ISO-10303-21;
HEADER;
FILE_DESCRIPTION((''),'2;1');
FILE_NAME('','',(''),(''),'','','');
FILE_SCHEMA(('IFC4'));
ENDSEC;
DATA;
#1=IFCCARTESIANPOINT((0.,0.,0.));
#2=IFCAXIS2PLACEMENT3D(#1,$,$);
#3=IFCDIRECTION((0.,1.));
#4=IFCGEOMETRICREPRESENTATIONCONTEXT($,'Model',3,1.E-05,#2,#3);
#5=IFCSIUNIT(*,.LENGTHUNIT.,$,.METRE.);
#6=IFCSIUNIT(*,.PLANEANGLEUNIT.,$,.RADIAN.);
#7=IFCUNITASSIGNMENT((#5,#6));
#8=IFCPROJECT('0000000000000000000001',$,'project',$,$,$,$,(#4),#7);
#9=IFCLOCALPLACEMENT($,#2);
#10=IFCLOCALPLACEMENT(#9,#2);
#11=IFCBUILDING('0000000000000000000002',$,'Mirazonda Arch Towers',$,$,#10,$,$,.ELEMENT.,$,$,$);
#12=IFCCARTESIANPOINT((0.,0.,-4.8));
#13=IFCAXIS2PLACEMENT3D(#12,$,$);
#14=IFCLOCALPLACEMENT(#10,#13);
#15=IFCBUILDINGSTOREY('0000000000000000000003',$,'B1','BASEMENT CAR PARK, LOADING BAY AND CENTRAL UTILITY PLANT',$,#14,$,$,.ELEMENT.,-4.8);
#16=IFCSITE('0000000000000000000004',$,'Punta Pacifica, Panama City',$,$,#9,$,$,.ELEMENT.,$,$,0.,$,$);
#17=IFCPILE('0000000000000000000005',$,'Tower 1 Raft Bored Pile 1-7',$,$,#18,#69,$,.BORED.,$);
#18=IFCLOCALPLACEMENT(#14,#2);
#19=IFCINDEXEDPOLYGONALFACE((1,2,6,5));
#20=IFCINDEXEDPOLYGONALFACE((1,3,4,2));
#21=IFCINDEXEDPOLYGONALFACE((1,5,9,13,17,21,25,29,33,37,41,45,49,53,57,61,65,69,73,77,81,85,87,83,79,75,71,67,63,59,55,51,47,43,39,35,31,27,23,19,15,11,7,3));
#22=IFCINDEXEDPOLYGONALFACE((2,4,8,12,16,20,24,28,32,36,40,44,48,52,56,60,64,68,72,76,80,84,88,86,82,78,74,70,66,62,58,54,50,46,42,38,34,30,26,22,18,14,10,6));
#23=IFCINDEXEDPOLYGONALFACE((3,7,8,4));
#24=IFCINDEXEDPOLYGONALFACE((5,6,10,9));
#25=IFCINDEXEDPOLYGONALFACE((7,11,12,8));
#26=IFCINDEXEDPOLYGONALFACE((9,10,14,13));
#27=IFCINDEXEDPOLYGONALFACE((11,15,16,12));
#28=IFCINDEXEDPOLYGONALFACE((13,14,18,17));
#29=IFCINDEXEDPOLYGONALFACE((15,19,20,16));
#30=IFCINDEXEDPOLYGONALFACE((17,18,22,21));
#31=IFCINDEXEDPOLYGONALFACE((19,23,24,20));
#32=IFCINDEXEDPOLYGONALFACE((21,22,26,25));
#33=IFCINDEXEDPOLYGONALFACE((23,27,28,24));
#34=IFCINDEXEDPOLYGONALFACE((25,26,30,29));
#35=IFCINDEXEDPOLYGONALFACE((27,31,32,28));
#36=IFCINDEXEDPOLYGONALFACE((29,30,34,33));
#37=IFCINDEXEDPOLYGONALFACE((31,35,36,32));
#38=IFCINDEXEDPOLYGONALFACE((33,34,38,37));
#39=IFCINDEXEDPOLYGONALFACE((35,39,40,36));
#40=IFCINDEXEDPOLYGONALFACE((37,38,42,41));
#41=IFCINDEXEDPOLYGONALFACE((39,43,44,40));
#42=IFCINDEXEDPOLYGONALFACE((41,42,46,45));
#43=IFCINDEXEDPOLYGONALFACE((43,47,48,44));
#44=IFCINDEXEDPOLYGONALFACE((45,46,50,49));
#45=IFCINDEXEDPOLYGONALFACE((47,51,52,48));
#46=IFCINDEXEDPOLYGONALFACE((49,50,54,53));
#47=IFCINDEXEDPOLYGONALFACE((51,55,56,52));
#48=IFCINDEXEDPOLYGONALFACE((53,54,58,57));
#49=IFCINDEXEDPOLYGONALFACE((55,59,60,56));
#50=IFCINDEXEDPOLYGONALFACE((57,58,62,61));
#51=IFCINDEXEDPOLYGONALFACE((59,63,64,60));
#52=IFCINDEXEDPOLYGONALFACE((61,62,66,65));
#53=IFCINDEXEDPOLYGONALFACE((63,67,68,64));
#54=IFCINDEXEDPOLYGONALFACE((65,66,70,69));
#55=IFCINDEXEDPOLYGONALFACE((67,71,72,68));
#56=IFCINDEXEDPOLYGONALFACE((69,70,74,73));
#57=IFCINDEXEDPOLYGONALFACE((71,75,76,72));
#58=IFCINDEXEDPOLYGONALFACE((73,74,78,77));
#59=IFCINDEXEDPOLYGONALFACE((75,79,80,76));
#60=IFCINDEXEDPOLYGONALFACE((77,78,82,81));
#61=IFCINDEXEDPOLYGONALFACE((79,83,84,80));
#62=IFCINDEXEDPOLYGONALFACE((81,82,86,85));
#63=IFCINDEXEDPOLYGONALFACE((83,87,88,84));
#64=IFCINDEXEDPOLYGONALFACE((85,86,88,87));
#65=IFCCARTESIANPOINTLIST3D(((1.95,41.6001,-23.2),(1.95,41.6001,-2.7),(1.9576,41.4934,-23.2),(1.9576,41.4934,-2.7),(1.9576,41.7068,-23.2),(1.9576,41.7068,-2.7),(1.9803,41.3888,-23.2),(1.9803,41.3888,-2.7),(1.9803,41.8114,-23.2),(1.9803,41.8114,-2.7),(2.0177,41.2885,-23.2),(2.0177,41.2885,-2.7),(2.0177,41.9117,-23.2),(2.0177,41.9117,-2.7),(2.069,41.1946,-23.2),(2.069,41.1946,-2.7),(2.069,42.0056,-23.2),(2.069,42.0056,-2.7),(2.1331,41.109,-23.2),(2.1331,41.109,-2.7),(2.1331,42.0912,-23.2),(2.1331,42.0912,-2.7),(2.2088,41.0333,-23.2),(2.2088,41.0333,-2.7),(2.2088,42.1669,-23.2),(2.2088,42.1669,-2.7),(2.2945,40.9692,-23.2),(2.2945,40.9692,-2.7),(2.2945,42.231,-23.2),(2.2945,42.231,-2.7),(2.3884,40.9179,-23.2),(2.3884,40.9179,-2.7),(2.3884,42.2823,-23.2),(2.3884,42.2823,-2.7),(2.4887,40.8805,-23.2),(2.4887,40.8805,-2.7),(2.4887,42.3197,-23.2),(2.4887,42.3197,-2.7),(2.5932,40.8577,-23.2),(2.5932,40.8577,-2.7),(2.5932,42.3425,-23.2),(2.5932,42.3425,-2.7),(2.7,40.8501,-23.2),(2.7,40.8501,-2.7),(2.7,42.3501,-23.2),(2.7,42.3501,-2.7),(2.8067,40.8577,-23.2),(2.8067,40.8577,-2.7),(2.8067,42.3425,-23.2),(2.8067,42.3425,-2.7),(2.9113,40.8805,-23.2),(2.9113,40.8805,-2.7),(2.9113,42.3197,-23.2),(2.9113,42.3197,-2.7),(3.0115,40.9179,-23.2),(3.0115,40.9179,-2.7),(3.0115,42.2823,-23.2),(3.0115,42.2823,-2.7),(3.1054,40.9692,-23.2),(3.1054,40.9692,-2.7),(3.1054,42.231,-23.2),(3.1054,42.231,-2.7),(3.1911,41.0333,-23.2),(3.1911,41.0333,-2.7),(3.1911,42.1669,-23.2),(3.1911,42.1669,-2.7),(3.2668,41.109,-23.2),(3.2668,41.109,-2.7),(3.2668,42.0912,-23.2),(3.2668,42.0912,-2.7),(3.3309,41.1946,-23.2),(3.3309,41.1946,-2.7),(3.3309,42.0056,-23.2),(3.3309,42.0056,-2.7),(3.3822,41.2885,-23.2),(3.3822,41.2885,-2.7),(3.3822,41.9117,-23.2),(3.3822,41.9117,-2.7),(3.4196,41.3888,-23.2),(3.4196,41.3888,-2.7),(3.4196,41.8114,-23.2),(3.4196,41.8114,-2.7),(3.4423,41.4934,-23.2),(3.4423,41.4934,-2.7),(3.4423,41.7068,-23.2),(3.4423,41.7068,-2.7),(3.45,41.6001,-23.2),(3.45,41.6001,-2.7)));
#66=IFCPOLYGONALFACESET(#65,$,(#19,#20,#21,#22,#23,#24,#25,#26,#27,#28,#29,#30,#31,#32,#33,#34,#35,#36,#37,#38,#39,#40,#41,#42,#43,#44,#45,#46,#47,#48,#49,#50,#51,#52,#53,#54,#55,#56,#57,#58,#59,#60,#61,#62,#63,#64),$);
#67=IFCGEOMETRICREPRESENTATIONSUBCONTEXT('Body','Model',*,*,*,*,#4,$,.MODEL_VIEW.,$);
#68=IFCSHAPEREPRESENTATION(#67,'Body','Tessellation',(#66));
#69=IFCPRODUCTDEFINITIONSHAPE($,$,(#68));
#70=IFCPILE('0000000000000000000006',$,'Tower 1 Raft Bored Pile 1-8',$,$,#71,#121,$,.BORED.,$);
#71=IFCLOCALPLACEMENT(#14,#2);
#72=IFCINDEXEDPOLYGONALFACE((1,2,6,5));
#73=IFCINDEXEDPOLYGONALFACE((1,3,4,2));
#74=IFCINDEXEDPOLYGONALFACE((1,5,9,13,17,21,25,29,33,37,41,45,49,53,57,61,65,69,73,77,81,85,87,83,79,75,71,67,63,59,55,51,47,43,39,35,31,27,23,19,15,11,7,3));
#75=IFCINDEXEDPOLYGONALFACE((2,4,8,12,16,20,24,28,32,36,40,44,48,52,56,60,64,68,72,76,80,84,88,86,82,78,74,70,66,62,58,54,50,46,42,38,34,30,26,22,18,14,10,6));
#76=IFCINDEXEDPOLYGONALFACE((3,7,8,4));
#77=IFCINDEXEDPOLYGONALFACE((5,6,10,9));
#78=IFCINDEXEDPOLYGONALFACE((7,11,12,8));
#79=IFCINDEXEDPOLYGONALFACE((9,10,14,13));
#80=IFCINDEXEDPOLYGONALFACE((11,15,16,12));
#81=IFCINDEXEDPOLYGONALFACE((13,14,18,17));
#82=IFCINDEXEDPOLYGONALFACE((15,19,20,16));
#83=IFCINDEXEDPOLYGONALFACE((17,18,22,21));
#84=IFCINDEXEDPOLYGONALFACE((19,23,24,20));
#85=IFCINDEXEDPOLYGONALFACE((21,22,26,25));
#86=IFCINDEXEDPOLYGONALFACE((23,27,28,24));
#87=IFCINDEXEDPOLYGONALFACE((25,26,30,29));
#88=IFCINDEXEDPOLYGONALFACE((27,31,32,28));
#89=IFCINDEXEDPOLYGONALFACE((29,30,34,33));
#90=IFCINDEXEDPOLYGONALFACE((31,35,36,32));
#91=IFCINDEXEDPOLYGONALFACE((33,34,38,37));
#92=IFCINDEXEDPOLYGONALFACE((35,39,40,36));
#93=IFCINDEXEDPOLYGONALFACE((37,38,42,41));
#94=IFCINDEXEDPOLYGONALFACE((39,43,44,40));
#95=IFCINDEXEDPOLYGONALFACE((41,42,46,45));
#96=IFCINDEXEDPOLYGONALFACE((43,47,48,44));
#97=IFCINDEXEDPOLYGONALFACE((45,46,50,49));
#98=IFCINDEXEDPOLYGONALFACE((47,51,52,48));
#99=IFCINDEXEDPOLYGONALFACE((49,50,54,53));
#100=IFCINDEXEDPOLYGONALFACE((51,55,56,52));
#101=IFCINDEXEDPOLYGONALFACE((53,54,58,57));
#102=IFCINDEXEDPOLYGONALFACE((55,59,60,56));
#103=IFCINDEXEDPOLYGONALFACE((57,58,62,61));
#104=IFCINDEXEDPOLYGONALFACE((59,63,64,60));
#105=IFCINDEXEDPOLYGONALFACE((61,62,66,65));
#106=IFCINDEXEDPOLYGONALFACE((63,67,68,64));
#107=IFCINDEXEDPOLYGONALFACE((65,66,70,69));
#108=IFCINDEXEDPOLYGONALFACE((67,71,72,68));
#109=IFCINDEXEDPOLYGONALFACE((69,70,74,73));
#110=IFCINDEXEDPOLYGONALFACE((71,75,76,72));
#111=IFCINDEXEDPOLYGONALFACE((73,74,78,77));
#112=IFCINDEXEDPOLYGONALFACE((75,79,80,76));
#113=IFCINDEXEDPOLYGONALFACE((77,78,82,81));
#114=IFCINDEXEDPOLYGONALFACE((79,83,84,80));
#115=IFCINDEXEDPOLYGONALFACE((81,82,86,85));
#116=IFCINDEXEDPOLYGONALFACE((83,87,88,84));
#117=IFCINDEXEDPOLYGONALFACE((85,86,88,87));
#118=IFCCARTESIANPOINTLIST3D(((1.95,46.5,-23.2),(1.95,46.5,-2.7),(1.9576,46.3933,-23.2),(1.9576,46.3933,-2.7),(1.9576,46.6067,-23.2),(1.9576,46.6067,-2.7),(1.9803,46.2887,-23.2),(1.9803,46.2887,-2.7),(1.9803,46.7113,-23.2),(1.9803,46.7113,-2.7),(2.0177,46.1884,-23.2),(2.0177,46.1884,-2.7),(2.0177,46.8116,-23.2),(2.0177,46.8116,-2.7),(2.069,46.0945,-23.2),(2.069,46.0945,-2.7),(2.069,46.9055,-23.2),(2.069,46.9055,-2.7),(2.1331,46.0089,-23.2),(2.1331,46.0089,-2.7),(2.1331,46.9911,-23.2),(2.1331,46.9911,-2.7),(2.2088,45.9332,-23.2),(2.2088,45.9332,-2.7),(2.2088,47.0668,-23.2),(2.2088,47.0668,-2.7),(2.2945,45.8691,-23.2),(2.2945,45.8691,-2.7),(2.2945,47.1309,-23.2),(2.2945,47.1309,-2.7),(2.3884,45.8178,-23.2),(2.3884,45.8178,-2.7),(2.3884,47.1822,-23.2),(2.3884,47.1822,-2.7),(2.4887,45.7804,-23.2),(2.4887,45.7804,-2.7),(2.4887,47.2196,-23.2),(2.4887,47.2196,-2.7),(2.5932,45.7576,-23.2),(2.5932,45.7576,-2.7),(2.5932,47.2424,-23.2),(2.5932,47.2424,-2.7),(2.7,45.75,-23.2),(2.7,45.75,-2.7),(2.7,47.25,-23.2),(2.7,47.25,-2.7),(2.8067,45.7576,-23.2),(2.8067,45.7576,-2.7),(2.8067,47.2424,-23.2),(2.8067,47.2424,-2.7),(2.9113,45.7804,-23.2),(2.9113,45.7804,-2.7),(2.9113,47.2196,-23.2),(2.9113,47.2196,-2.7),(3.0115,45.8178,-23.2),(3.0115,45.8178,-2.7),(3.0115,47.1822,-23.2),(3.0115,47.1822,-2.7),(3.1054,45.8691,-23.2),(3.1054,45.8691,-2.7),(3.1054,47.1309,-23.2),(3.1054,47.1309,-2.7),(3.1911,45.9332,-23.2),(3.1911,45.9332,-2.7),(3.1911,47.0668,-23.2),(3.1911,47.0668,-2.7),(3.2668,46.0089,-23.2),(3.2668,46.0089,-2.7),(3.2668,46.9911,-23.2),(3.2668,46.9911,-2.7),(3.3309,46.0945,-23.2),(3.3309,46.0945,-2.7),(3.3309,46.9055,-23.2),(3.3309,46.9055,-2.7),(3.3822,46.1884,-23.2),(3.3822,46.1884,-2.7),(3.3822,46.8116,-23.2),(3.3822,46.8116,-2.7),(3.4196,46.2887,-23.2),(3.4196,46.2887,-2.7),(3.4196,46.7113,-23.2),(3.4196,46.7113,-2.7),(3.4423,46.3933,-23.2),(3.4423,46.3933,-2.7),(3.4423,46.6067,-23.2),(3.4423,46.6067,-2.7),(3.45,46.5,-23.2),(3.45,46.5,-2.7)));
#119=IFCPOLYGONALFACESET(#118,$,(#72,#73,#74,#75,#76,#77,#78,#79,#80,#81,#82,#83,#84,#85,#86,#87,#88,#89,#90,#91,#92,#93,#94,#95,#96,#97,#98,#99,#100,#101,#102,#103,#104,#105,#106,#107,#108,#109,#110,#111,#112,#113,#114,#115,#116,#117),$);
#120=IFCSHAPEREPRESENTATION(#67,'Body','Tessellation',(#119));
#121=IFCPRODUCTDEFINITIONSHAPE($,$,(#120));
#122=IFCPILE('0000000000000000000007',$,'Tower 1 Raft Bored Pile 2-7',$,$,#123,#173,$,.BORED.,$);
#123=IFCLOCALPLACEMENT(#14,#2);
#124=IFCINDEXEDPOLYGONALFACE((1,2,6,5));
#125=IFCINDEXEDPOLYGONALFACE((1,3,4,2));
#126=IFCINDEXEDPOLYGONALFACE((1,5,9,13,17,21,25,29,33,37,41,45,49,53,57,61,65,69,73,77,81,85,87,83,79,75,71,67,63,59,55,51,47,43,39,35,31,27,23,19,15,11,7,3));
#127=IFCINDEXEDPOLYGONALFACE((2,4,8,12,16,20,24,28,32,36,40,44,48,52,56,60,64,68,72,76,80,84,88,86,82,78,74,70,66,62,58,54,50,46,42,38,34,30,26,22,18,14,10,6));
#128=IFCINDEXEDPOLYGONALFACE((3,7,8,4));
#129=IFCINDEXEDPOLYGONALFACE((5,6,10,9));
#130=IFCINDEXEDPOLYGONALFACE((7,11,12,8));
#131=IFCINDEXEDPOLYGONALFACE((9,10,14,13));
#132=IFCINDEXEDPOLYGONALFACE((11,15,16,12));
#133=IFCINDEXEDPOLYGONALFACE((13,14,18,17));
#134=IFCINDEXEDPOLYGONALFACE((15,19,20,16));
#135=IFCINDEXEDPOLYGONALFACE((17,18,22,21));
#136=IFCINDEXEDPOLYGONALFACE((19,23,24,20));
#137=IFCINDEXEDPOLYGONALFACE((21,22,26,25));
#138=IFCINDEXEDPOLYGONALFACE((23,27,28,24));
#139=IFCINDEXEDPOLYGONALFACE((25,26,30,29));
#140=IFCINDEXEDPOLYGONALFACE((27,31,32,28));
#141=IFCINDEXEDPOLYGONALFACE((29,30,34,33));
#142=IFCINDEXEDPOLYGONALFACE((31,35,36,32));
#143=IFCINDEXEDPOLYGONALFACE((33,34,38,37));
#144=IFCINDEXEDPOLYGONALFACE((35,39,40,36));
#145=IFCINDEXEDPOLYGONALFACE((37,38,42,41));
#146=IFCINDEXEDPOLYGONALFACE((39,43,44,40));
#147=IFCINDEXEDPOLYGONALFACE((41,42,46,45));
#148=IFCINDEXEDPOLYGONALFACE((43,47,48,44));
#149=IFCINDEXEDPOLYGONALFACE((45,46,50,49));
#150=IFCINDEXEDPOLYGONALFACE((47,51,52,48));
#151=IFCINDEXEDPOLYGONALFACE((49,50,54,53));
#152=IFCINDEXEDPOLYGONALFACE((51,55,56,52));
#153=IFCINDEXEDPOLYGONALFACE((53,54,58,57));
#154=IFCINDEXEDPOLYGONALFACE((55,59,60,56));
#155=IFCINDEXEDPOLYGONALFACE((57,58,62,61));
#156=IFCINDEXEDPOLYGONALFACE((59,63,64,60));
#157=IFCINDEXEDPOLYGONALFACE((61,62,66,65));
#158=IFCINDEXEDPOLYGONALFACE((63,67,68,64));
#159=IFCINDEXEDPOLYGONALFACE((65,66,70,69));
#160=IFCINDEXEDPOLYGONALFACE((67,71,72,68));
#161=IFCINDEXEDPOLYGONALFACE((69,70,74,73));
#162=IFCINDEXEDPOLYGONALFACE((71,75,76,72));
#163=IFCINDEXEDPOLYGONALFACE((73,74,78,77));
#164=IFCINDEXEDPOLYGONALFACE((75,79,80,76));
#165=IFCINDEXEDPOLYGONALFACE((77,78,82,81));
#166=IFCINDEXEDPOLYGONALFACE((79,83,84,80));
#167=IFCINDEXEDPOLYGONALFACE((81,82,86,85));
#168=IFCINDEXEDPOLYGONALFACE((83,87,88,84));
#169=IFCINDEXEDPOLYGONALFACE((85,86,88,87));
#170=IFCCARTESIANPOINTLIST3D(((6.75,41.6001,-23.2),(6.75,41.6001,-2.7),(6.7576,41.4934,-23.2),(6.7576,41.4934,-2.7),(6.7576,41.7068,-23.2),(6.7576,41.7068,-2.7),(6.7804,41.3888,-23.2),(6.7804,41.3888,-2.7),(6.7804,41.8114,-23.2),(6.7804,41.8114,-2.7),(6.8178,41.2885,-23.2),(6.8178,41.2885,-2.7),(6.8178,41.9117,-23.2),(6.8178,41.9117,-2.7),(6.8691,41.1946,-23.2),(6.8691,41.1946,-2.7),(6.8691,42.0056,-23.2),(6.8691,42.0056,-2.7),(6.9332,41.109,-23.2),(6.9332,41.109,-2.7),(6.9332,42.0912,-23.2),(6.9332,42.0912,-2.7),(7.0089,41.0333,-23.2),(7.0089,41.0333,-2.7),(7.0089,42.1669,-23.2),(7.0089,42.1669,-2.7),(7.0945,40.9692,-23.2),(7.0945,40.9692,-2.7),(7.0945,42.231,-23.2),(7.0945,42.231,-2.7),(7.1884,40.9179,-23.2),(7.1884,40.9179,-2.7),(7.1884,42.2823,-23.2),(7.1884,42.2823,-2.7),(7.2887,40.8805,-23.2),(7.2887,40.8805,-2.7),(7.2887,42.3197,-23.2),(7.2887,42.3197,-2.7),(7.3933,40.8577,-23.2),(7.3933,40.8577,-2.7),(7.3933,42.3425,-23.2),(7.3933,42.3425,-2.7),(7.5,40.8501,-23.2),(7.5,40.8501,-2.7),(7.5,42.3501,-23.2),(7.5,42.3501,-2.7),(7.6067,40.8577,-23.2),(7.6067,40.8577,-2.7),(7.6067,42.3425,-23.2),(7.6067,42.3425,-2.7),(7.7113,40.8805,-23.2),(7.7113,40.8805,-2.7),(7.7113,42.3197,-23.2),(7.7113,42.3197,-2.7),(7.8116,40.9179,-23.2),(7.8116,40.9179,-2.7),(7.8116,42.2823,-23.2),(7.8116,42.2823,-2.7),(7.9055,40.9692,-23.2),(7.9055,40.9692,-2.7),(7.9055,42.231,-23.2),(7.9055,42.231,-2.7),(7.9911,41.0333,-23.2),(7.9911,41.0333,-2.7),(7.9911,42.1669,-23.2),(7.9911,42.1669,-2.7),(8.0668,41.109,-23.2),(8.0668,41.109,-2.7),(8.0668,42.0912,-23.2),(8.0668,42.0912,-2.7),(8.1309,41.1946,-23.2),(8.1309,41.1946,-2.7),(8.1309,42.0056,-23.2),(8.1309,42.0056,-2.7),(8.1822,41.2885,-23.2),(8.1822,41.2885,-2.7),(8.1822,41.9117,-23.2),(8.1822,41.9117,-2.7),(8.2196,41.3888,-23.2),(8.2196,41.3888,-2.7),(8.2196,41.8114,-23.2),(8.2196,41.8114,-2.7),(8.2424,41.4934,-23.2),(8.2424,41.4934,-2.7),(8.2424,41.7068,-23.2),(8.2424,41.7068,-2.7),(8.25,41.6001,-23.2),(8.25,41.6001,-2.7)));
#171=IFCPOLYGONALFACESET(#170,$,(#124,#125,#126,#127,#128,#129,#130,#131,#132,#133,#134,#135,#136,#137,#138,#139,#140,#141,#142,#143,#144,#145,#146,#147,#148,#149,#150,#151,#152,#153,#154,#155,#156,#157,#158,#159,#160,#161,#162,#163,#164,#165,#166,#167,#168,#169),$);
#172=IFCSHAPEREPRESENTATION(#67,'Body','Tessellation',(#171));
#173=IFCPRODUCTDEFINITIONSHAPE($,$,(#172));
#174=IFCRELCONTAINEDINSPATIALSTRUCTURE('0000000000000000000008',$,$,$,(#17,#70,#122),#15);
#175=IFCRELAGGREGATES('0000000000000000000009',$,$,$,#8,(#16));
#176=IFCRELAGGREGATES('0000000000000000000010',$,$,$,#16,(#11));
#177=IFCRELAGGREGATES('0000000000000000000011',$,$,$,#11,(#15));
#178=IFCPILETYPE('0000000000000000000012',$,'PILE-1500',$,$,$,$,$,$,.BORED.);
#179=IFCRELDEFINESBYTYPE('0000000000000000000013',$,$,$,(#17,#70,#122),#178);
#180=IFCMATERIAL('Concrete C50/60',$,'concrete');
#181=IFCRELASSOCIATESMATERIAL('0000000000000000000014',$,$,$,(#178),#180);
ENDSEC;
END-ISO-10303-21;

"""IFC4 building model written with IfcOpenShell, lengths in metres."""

from ifc_helpers import new_model, si_unit, direction, frame, origin, origin_2d, place, context, subcontext, project, spatial, circle, extrude, material, material_profile, profile_set, type_object, element, save


model = new_model("IFC4")

# Units and contexts
model_context = context("Model", 3, precision=1e-05, world=origin(), true_north=direction((0.0, 1.0)))
body_context = subcontext(model_context, "Body", "Model", "MODEL_VIEW")
ifc_project = project(units=[si_unit("LENGTHUNIT", "METRE"), si_unit("PLANEANGLEUNIT", "RADIAN")], contexts=[model_context])

# Site, building, storey
site_placement = place(None, origin())
site = spatial("IfcSite", under=ifc_project, at=site_placement, Name="Punta Pacifica, Panama City", CompositionType="ELEMENT", RefElevation=0.0)
building_placement = place(site_placement, origin())
building = spatial("IfcBuilding", under=site, at=building_placement, Name="Mirazonda Arch Towers", CompositionType="ELEMENT")
storey_placement = place(building_placement, frame((0.0, 0.0, -4.8)))
storey = spatial("IfcBuildingStorey", under=building, at=storey_placement, Name="B1", Description="BASEMENT CAR PARK, LOADING BAY AND CENTRAL UTILITY PLANT", CompositionType="ELEMENT", Elevation=-4.8)

# Piles
ifc_material_1 = material(Name="Concrete C50/60", Category="concrete")
ifc_material_profile_1 = material_profile(ifc_material_1, circle(Radius=0.75, at=origin_2d()), Name="BORED-D1500")
ifc_profile_set_1 = profile_set([ifc_material_profile_1], Name="Concrete C50/60")
pile_type = type_object("IfcPileType", Name="PILE-1500", PredefinedType="BORED", material=ifc_profile_set_1)
for number, where, z_axis, x_axis, name in (
    (1, (2.7, 41.6001, -2.7), (0.0, 0.0, -1.0), (1.0, 0.0, 0.0), "Tower 1 Raft Bored Pile 1-7"),
    (2, (2.7, 46.5, -2.7), (0.0, 0.0, -1.0), (1.0, 0.0, 0.0), "Tower 1 Raft Bored Pile 1-8"),
    (3, (7.5, 41.6001, -2.7), (0.0, 0.0, -1.0), (1.0, 0.0, 0.0), "Tower 1 Raft Bored Pile 2-7"),
):
    element("IfcPile", number, at=place(storey_placement, frame(where, z_axis=z_axis, x_axis=x_axis)), inside=storey, type_object=pile_type, Name=name, PredefinedType="BORED", context=body_context, shape_type="SweptSolid", body=[
        extrude(circle(Radius=0.75, at=origin_2d()), origin(), (0.0, 0.0, 1.0), 20.5),
    ])

save(model, "model.ifc")
